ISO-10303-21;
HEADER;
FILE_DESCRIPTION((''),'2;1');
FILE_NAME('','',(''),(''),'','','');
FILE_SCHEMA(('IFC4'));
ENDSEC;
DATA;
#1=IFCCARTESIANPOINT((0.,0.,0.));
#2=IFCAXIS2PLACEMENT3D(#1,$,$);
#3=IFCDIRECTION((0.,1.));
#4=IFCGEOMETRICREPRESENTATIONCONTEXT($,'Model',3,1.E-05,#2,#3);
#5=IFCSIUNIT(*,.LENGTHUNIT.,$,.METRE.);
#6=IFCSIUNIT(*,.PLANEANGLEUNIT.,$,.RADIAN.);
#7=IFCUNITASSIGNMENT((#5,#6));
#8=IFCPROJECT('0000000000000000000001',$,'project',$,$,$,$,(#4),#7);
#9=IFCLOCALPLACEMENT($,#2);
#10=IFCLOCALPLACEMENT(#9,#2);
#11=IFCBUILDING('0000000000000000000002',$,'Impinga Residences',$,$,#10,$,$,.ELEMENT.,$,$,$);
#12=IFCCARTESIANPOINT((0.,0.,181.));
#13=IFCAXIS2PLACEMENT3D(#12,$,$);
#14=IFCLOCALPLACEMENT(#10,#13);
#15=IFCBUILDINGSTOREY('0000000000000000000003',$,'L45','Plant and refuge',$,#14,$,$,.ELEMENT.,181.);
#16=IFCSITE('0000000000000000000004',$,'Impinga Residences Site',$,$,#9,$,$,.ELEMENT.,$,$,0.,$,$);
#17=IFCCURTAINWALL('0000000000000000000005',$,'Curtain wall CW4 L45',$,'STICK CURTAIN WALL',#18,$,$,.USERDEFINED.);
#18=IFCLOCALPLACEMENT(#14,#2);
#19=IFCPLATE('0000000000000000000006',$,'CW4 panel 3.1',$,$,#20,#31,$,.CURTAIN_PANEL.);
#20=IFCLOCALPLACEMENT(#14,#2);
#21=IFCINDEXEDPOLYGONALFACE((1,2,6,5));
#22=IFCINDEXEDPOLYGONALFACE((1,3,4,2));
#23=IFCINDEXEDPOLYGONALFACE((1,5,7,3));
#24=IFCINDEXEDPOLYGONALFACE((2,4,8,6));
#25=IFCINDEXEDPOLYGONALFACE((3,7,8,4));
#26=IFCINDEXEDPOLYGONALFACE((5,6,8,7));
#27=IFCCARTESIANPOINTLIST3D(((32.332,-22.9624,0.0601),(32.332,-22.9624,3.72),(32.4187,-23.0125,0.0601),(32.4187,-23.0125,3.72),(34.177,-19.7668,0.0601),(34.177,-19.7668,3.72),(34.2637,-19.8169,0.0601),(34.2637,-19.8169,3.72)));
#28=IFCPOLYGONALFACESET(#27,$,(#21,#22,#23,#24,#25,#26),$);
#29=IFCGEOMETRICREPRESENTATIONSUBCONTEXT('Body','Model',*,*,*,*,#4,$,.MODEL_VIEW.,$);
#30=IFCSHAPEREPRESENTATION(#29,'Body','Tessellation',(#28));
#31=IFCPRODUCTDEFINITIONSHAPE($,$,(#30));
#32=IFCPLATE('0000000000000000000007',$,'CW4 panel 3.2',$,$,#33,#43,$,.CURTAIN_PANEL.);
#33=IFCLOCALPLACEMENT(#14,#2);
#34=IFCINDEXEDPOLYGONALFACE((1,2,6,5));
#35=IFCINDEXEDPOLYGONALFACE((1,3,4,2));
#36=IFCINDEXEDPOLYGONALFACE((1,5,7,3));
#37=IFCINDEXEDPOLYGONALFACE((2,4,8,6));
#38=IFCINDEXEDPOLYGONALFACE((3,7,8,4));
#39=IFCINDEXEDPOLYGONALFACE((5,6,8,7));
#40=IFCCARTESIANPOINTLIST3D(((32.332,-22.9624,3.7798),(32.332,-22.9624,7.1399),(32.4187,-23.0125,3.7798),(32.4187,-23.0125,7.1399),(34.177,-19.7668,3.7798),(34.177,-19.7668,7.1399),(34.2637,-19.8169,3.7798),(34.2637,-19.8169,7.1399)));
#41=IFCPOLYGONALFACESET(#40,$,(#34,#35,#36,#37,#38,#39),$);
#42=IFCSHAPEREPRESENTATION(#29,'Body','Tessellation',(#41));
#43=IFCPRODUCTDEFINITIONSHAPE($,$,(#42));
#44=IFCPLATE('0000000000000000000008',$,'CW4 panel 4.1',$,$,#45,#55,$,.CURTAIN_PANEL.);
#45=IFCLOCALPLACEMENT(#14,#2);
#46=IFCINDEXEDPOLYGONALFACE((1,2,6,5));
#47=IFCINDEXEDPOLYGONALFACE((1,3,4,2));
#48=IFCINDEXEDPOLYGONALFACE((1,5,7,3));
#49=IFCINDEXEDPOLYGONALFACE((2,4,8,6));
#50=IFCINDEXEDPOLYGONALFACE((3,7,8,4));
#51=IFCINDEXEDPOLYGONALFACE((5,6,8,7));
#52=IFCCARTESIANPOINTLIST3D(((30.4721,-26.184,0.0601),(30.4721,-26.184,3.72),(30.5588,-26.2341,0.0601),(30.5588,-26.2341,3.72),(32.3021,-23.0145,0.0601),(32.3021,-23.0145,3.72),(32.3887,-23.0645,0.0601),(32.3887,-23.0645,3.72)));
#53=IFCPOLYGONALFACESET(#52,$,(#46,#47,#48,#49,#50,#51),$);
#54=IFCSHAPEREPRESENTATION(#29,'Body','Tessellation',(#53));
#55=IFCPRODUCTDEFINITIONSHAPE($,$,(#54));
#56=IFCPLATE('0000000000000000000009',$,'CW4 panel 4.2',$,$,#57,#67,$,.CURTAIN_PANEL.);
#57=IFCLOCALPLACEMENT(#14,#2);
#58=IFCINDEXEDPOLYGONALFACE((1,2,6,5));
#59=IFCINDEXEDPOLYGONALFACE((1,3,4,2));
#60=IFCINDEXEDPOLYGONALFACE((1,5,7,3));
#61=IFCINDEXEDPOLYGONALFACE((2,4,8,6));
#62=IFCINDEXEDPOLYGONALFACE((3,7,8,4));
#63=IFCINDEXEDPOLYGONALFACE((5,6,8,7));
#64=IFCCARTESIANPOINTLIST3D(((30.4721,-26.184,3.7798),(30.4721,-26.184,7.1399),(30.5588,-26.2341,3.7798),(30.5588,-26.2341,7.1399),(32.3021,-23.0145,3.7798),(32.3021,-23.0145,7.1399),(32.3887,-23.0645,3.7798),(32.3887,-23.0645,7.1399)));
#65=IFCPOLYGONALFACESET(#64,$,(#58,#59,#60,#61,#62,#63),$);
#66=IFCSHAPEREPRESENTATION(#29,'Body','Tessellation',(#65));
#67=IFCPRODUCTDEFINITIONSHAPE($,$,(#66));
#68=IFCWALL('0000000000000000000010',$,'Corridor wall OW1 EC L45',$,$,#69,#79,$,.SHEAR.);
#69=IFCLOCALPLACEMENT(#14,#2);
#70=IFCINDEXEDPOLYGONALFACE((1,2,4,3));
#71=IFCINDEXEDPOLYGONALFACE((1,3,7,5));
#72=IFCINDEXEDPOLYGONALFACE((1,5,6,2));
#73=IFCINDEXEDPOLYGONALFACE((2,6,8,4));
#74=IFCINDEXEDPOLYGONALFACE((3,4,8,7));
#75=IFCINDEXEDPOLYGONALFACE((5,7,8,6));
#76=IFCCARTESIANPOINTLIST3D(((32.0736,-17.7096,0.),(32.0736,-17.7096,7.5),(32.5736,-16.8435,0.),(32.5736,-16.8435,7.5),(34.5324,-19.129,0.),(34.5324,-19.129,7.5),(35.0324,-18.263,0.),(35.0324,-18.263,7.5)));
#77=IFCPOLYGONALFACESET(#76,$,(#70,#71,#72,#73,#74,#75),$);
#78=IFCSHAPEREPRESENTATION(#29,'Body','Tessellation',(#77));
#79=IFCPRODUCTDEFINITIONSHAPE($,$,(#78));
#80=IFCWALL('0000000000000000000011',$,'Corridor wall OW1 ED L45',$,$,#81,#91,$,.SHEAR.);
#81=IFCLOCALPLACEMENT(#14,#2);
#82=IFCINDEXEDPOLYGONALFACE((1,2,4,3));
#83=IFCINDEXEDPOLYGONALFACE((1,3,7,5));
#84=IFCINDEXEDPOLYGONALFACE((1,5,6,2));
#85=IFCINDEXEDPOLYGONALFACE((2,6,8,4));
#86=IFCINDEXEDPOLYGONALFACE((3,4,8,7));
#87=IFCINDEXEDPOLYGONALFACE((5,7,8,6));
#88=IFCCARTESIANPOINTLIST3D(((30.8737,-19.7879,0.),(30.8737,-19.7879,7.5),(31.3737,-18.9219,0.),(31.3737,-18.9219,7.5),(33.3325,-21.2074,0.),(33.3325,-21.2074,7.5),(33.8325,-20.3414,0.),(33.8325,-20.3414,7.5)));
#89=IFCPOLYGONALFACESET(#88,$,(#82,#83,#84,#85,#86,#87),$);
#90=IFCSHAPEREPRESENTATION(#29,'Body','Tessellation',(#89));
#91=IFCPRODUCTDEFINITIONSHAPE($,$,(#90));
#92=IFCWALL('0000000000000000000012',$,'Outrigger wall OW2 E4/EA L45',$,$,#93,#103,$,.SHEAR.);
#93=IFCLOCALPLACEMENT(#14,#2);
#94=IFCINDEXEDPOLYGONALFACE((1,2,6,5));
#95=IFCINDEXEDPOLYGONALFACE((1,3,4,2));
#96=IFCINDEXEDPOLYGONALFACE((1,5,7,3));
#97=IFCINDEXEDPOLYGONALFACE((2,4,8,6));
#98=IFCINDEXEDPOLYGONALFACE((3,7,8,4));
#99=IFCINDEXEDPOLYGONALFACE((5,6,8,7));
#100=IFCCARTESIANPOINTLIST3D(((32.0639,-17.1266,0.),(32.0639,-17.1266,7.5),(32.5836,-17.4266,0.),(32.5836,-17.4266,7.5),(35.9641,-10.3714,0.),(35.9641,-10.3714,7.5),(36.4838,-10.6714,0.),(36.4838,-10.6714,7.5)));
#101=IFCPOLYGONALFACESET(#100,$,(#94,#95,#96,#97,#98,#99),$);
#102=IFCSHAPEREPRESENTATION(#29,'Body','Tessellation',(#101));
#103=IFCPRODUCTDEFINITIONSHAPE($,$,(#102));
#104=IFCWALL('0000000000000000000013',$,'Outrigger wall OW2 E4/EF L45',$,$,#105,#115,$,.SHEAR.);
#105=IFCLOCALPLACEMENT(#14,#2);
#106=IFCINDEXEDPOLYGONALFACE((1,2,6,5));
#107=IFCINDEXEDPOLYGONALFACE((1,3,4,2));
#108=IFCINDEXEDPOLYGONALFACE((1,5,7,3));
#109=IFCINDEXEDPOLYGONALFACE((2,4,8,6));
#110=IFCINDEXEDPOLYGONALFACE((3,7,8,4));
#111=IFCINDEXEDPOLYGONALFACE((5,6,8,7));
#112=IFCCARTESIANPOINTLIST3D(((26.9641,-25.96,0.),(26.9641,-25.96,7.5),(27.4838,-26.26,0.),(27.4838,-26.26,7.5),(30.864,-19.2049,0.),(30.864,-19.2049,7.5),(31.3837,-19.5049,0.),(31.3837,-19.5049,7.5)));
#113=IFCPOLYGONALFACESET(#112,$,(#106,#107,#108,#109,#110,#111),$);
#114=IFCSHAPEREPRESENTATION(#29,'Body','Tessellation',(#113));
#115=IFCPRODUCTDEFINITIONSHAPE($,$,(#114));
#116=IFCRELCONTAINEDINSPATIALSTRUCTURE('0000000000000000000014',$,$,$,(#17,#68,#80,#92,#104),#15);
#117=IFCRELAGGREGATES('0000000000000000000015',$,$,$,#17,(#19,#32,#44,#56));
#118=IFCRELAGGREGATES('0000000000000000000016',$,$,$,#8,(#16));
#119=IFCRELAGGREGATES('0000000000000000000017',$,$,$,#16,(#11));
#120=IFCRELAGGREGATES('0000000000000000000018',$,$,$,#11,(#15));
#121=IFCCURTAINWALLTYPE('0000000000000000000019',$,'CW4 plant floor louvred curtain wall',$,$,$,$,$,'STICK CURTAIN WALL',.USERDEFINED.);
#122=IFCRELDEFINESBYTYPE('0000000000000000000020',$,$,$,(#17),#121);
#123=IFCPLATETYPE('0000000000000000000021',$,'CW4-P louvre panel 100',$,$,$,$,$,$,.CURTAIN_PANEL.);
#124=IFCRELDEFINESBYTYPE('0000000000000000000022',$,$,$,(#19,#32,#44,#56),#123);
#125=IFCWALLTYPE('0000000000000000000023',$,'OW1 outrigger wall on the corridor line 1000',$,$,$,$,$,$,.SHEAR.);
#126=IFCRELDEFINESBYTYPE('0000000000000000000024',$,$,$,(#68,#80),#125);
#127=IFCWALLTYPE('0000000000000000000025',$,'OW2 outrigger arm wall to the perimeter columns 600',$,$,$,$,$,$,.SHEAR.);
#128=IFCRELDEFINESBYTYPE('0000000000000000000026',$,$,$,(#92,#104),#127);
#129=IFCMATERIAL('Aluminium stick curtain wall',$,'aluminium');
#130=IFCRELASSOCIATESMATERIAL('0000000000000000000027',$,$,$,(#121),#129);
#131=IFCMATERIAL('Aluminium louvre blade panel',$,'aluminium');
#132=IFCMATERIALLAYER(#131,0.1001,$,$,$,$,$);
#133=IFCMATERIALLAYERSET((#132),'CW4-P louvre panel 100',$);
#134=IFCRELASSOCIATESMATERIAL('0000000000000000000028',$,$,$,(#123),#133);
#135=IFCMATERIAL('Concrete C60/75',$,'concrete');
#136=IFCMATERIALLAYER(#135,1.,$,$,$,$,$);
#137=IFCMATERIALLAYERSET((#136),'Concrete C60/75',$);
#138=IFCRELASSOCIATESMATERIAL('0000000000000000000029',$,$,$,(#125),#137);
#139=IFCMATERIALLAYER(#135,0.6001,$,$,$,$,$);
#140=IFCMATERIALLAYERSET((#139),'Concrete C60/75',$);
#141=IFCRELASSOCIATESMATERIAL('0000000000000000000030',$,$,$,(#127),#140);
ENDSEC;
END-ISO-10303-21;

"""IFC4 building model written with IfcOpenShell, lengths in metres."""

from ifc_helpers import new_model, si_unit, direction, frame, frame_2d, origin, origin_2d, place, context, subcontext, project, spatial, rectangle, extrude, material, layer, layer_set, type_object, element, aggregate, save


model = new_model("IFC4")

# Units and contexts
model_context = context("Model", 3, precision=1e-05, world=origin(), true_north=direction((0.0, 1.0)))
body_context = subcontext(model_context, "Body", "Model", "MODEL_VIEW")
ifc_project = project(units=[si_unit("LENGTHUNIT", "METRE"), si_unit("PLANEANGLEUNIT", "RADIAN")], contexts=[model_context])

# Site, building, storey
site_placement = place(None, origin())
site = spatial("IfcSite", under=ifc_project, at=site_placement, Name="Impinga Residences Site", CompositionType="ELEMENT", RefElevation=0.0)
building_placement = place(site_placement, origin())
building = spatial("IfcBuilding", under=site, at=building_placement, Name="Impinga Residences", CompositionType="ELEMENT")
storey_placement = place(building_placement, frame((0.0, 0.0, 181.0)))
storey = spatial("IfcBuildingStorey", under=building, at=storey_placement, Name="L45", Description="Plant and refuge", CompositionType="ELEMENT", Elevation=181.0)

# Curtain wall
ifc_material_1 = material(Name="Aluminium stick curtain wall", Category="aluminium")
curtain_wall_type = type_object("IfcCurtainWallType", Name="CW4 plant floor louvred curtain wall", ElementType="STICK CURTAIN WALL", PredefinedType="USERDEFINED", material=ifc_material_1)
curtain_wall_1_placement = place(storey_placement, origin())
curtain_wall_1 = element("IfcCurtainWall", 1, at=curtain_wall_1_placement, inside=storey, type_object=curtain_wall_type, Name="Curtain wall CW4 L45", ObjectType="STICK CURTAIN WALL", PredefinedType="USERDEFINED")

# Shared definitions
ifc_material_2 = material(Name="Concrete C60/75", Category="concrete")

# Plates
ifc_material_3 = material(Name="Aluminium louvre blade panel", Category="aluminium")
ifc_layer_1 = layer(ifc_material_3, 0.1001)
ifc_layer_set_1 = layer_set([ifc_layer_1], Name="CW4-P louvre panel 100")
plate_type = type_object("IfcPlateType", Name="CW4-P louvre panel 100", PredefinedType="CURTAIN_PANEL", material=ifc_layer_set_1)
plate_1_placement = place(storey_placement, frame((33.2979, -21.3896, 0.0601), z_axis=(0.0, 0.0, 1.0), x_axis=(-0.5, -0.866025, 0.0)))
plate_1 = element("IfcPlate", 2, at=plate_1_placement, type_object=plate_type, Name="CW4 panel 3.1", PredefinedType="CURTAIN_PANEL", context=body_context, shape_type="SweptSolid", body=[
    extrude(rectangle(XDim=3.6899, YDim=0.1001, at=origin_2d()), origin(), (0.0, 0.0, 1.0), 3.6599),
])
plate_2_placement = place(storey_placement, frame((33.2979, -21.3896, 3.7798), z_axis=(0.0, 0.0, 1.0), x_axis=(-0.5, -0.866025, 0.0)))
plate_2 = element("IfcPlate", 3, at=plate_2_placement, type_object=plate_type, Name="CW4 panel 3.2", PredefinedType="CURTAIN_PANEL", context=body_context, shape_type="SweptSolid", body=[
    extrude(rectangle(XDim=3.6899, YDim=0.1001, at=origin_2d()), origin(), (0.0, 0.0, 1.0), 3.3601),
])
plate_3_placement = place(storey_placement, frame((31.4304, -24.6243, 0.0601), z_axis=(0.0, 0.0, 1.0), x_axis=(-0.5, -0.866025, 0.0)))
plate_3 = element("IfcPlate", 4, at=plate_3_placement, type_object=plate_type, Name="CW4 panel 4.1", PredefinedType="CURTAIN_PANEL", context=body_context, shape_type="SweptSolid", body=[
    extrude(rectangle(XDim=3.6599, YDim=0.1001, at=origin_2d()), origin(), (0.0, 0.0, 1.0), 3.6599),
])
plate_4_placement = place(storey_placement, frame((31.4304, -24.6243, 3.7798), z_axis=(0.0, 0.0, 1.0), x_axis=(-0.5, -0.866025, 0.0)))
plate_4 = element("IfcPlate", 5, at=plate_4_placement, type_object=plate_type, Name="CW4 panel 4.2", PredefinedType="CURTAIN_PANEL", context=body_context, shape_type="SweptSolid", body=[
    extrude(rectangle(XDim=3.6599, YDim=0.1001, at=origin_2d()), origin(), (0.0, 0.0, 1.0), 3.3601),
])
aggregate(curtain_wall_1, [plate_1, plate_2, plate_3, plate_4])

# Walls
ifc_layer_2 = layer(ifc_material_2, 1.0)
ifc_layer_set_2 = layer_set([ifc_layer_2], Name="Concrete C60/75")
wall_type_1 = type_object("IfcWallType", Name="OW1 outrigger wall on the corridor line 1000", PredefinedType="SHEAR", material=ifc_layer_set_2)
for number, where, z_axis, x_axis, name in (
    (6, (32.3237, -17.2766, 0.0), (0.0, 0.0, 1.0), (0.866044, -0.499968, 0.0), "Corridor wall OW1 EC L45"),
    (7, (31.1238, -19.355, 0.0), (0.0, 0.0, 1.0), (0.866044, -0.499968, 0.0), "Corridor wall OW1 ED L45"),
):
    element("IfcWall", number, at=place(storey_placement, frame(where, z_axis=z_axis, x_axis=x_axis)), inside=storey, type_object=wall_type_1, Name=name, PredefinedType="SHEAR", context=body_context, shape_type="SweptSolid", body=[
        extrude(rectangle(XDim=2.8391, YDim=1.0, at=frame_2d((1.4194, 0.0))), origin(), (0.0, 0.0, 1.0), 7.5),
    ])
ifc_layer_3 = layer(ifc_material_2, 0.6001)
ifc_layer_set_3 = layer_set([ifc_layer_3], Name="Concrete C60/75")
wall_type_2 = type_object("IfcWallType", Name="OW2 outrigger arm wall to the perimeter columns 600", PredefinedType="SHEAR", material=ifc_layer_set_3)
wall_1_placement = place(storey_placement, frame((32.3237, -17.2766, 0.0), z_axis=(0.0, 0.0, 1.0), x_axis=(0.500007, 0.866021, 0.0)))
element("IfcWall", 8, at=wall_1_placement, inside=storey, type_object=wall_type_2, Name="Outrigger wall OW2 E4/EA L45", PredefinedType="SHEAR", context=body_context, shape_type="SweptSolid", body=[
    extrude(rectangle(XDim=7.8003, YDim=0.6001, at=frame_2d((3.9001, 0.0))), origin(), (0.0, 0.0, 1.0), 7.5),
])
wall_2_placement = place(storey_placement, frame((31.1238, -19.355, 0.0), z_axis=(0.0, 0.0, 1.0), x_axis=(-0.499983, -0.866035, 0.0)))
element("IfcWall", 9, at=wall_2_placement, inside=storey, type_object=wall_type_2, Name="Outrigger wall OW2 E4/EF L45", PredefinedType="SHEAR", context=body_context, shape_type="SweptSolid", body=[
    extrude(rectangle(XDim=7.8, YDim=0.6001, at=frame_2d((3.8999, 0.0))), origin(), (0.0, 0.0, 1.0), 7.5),
])

save(model, "model.ifc")
